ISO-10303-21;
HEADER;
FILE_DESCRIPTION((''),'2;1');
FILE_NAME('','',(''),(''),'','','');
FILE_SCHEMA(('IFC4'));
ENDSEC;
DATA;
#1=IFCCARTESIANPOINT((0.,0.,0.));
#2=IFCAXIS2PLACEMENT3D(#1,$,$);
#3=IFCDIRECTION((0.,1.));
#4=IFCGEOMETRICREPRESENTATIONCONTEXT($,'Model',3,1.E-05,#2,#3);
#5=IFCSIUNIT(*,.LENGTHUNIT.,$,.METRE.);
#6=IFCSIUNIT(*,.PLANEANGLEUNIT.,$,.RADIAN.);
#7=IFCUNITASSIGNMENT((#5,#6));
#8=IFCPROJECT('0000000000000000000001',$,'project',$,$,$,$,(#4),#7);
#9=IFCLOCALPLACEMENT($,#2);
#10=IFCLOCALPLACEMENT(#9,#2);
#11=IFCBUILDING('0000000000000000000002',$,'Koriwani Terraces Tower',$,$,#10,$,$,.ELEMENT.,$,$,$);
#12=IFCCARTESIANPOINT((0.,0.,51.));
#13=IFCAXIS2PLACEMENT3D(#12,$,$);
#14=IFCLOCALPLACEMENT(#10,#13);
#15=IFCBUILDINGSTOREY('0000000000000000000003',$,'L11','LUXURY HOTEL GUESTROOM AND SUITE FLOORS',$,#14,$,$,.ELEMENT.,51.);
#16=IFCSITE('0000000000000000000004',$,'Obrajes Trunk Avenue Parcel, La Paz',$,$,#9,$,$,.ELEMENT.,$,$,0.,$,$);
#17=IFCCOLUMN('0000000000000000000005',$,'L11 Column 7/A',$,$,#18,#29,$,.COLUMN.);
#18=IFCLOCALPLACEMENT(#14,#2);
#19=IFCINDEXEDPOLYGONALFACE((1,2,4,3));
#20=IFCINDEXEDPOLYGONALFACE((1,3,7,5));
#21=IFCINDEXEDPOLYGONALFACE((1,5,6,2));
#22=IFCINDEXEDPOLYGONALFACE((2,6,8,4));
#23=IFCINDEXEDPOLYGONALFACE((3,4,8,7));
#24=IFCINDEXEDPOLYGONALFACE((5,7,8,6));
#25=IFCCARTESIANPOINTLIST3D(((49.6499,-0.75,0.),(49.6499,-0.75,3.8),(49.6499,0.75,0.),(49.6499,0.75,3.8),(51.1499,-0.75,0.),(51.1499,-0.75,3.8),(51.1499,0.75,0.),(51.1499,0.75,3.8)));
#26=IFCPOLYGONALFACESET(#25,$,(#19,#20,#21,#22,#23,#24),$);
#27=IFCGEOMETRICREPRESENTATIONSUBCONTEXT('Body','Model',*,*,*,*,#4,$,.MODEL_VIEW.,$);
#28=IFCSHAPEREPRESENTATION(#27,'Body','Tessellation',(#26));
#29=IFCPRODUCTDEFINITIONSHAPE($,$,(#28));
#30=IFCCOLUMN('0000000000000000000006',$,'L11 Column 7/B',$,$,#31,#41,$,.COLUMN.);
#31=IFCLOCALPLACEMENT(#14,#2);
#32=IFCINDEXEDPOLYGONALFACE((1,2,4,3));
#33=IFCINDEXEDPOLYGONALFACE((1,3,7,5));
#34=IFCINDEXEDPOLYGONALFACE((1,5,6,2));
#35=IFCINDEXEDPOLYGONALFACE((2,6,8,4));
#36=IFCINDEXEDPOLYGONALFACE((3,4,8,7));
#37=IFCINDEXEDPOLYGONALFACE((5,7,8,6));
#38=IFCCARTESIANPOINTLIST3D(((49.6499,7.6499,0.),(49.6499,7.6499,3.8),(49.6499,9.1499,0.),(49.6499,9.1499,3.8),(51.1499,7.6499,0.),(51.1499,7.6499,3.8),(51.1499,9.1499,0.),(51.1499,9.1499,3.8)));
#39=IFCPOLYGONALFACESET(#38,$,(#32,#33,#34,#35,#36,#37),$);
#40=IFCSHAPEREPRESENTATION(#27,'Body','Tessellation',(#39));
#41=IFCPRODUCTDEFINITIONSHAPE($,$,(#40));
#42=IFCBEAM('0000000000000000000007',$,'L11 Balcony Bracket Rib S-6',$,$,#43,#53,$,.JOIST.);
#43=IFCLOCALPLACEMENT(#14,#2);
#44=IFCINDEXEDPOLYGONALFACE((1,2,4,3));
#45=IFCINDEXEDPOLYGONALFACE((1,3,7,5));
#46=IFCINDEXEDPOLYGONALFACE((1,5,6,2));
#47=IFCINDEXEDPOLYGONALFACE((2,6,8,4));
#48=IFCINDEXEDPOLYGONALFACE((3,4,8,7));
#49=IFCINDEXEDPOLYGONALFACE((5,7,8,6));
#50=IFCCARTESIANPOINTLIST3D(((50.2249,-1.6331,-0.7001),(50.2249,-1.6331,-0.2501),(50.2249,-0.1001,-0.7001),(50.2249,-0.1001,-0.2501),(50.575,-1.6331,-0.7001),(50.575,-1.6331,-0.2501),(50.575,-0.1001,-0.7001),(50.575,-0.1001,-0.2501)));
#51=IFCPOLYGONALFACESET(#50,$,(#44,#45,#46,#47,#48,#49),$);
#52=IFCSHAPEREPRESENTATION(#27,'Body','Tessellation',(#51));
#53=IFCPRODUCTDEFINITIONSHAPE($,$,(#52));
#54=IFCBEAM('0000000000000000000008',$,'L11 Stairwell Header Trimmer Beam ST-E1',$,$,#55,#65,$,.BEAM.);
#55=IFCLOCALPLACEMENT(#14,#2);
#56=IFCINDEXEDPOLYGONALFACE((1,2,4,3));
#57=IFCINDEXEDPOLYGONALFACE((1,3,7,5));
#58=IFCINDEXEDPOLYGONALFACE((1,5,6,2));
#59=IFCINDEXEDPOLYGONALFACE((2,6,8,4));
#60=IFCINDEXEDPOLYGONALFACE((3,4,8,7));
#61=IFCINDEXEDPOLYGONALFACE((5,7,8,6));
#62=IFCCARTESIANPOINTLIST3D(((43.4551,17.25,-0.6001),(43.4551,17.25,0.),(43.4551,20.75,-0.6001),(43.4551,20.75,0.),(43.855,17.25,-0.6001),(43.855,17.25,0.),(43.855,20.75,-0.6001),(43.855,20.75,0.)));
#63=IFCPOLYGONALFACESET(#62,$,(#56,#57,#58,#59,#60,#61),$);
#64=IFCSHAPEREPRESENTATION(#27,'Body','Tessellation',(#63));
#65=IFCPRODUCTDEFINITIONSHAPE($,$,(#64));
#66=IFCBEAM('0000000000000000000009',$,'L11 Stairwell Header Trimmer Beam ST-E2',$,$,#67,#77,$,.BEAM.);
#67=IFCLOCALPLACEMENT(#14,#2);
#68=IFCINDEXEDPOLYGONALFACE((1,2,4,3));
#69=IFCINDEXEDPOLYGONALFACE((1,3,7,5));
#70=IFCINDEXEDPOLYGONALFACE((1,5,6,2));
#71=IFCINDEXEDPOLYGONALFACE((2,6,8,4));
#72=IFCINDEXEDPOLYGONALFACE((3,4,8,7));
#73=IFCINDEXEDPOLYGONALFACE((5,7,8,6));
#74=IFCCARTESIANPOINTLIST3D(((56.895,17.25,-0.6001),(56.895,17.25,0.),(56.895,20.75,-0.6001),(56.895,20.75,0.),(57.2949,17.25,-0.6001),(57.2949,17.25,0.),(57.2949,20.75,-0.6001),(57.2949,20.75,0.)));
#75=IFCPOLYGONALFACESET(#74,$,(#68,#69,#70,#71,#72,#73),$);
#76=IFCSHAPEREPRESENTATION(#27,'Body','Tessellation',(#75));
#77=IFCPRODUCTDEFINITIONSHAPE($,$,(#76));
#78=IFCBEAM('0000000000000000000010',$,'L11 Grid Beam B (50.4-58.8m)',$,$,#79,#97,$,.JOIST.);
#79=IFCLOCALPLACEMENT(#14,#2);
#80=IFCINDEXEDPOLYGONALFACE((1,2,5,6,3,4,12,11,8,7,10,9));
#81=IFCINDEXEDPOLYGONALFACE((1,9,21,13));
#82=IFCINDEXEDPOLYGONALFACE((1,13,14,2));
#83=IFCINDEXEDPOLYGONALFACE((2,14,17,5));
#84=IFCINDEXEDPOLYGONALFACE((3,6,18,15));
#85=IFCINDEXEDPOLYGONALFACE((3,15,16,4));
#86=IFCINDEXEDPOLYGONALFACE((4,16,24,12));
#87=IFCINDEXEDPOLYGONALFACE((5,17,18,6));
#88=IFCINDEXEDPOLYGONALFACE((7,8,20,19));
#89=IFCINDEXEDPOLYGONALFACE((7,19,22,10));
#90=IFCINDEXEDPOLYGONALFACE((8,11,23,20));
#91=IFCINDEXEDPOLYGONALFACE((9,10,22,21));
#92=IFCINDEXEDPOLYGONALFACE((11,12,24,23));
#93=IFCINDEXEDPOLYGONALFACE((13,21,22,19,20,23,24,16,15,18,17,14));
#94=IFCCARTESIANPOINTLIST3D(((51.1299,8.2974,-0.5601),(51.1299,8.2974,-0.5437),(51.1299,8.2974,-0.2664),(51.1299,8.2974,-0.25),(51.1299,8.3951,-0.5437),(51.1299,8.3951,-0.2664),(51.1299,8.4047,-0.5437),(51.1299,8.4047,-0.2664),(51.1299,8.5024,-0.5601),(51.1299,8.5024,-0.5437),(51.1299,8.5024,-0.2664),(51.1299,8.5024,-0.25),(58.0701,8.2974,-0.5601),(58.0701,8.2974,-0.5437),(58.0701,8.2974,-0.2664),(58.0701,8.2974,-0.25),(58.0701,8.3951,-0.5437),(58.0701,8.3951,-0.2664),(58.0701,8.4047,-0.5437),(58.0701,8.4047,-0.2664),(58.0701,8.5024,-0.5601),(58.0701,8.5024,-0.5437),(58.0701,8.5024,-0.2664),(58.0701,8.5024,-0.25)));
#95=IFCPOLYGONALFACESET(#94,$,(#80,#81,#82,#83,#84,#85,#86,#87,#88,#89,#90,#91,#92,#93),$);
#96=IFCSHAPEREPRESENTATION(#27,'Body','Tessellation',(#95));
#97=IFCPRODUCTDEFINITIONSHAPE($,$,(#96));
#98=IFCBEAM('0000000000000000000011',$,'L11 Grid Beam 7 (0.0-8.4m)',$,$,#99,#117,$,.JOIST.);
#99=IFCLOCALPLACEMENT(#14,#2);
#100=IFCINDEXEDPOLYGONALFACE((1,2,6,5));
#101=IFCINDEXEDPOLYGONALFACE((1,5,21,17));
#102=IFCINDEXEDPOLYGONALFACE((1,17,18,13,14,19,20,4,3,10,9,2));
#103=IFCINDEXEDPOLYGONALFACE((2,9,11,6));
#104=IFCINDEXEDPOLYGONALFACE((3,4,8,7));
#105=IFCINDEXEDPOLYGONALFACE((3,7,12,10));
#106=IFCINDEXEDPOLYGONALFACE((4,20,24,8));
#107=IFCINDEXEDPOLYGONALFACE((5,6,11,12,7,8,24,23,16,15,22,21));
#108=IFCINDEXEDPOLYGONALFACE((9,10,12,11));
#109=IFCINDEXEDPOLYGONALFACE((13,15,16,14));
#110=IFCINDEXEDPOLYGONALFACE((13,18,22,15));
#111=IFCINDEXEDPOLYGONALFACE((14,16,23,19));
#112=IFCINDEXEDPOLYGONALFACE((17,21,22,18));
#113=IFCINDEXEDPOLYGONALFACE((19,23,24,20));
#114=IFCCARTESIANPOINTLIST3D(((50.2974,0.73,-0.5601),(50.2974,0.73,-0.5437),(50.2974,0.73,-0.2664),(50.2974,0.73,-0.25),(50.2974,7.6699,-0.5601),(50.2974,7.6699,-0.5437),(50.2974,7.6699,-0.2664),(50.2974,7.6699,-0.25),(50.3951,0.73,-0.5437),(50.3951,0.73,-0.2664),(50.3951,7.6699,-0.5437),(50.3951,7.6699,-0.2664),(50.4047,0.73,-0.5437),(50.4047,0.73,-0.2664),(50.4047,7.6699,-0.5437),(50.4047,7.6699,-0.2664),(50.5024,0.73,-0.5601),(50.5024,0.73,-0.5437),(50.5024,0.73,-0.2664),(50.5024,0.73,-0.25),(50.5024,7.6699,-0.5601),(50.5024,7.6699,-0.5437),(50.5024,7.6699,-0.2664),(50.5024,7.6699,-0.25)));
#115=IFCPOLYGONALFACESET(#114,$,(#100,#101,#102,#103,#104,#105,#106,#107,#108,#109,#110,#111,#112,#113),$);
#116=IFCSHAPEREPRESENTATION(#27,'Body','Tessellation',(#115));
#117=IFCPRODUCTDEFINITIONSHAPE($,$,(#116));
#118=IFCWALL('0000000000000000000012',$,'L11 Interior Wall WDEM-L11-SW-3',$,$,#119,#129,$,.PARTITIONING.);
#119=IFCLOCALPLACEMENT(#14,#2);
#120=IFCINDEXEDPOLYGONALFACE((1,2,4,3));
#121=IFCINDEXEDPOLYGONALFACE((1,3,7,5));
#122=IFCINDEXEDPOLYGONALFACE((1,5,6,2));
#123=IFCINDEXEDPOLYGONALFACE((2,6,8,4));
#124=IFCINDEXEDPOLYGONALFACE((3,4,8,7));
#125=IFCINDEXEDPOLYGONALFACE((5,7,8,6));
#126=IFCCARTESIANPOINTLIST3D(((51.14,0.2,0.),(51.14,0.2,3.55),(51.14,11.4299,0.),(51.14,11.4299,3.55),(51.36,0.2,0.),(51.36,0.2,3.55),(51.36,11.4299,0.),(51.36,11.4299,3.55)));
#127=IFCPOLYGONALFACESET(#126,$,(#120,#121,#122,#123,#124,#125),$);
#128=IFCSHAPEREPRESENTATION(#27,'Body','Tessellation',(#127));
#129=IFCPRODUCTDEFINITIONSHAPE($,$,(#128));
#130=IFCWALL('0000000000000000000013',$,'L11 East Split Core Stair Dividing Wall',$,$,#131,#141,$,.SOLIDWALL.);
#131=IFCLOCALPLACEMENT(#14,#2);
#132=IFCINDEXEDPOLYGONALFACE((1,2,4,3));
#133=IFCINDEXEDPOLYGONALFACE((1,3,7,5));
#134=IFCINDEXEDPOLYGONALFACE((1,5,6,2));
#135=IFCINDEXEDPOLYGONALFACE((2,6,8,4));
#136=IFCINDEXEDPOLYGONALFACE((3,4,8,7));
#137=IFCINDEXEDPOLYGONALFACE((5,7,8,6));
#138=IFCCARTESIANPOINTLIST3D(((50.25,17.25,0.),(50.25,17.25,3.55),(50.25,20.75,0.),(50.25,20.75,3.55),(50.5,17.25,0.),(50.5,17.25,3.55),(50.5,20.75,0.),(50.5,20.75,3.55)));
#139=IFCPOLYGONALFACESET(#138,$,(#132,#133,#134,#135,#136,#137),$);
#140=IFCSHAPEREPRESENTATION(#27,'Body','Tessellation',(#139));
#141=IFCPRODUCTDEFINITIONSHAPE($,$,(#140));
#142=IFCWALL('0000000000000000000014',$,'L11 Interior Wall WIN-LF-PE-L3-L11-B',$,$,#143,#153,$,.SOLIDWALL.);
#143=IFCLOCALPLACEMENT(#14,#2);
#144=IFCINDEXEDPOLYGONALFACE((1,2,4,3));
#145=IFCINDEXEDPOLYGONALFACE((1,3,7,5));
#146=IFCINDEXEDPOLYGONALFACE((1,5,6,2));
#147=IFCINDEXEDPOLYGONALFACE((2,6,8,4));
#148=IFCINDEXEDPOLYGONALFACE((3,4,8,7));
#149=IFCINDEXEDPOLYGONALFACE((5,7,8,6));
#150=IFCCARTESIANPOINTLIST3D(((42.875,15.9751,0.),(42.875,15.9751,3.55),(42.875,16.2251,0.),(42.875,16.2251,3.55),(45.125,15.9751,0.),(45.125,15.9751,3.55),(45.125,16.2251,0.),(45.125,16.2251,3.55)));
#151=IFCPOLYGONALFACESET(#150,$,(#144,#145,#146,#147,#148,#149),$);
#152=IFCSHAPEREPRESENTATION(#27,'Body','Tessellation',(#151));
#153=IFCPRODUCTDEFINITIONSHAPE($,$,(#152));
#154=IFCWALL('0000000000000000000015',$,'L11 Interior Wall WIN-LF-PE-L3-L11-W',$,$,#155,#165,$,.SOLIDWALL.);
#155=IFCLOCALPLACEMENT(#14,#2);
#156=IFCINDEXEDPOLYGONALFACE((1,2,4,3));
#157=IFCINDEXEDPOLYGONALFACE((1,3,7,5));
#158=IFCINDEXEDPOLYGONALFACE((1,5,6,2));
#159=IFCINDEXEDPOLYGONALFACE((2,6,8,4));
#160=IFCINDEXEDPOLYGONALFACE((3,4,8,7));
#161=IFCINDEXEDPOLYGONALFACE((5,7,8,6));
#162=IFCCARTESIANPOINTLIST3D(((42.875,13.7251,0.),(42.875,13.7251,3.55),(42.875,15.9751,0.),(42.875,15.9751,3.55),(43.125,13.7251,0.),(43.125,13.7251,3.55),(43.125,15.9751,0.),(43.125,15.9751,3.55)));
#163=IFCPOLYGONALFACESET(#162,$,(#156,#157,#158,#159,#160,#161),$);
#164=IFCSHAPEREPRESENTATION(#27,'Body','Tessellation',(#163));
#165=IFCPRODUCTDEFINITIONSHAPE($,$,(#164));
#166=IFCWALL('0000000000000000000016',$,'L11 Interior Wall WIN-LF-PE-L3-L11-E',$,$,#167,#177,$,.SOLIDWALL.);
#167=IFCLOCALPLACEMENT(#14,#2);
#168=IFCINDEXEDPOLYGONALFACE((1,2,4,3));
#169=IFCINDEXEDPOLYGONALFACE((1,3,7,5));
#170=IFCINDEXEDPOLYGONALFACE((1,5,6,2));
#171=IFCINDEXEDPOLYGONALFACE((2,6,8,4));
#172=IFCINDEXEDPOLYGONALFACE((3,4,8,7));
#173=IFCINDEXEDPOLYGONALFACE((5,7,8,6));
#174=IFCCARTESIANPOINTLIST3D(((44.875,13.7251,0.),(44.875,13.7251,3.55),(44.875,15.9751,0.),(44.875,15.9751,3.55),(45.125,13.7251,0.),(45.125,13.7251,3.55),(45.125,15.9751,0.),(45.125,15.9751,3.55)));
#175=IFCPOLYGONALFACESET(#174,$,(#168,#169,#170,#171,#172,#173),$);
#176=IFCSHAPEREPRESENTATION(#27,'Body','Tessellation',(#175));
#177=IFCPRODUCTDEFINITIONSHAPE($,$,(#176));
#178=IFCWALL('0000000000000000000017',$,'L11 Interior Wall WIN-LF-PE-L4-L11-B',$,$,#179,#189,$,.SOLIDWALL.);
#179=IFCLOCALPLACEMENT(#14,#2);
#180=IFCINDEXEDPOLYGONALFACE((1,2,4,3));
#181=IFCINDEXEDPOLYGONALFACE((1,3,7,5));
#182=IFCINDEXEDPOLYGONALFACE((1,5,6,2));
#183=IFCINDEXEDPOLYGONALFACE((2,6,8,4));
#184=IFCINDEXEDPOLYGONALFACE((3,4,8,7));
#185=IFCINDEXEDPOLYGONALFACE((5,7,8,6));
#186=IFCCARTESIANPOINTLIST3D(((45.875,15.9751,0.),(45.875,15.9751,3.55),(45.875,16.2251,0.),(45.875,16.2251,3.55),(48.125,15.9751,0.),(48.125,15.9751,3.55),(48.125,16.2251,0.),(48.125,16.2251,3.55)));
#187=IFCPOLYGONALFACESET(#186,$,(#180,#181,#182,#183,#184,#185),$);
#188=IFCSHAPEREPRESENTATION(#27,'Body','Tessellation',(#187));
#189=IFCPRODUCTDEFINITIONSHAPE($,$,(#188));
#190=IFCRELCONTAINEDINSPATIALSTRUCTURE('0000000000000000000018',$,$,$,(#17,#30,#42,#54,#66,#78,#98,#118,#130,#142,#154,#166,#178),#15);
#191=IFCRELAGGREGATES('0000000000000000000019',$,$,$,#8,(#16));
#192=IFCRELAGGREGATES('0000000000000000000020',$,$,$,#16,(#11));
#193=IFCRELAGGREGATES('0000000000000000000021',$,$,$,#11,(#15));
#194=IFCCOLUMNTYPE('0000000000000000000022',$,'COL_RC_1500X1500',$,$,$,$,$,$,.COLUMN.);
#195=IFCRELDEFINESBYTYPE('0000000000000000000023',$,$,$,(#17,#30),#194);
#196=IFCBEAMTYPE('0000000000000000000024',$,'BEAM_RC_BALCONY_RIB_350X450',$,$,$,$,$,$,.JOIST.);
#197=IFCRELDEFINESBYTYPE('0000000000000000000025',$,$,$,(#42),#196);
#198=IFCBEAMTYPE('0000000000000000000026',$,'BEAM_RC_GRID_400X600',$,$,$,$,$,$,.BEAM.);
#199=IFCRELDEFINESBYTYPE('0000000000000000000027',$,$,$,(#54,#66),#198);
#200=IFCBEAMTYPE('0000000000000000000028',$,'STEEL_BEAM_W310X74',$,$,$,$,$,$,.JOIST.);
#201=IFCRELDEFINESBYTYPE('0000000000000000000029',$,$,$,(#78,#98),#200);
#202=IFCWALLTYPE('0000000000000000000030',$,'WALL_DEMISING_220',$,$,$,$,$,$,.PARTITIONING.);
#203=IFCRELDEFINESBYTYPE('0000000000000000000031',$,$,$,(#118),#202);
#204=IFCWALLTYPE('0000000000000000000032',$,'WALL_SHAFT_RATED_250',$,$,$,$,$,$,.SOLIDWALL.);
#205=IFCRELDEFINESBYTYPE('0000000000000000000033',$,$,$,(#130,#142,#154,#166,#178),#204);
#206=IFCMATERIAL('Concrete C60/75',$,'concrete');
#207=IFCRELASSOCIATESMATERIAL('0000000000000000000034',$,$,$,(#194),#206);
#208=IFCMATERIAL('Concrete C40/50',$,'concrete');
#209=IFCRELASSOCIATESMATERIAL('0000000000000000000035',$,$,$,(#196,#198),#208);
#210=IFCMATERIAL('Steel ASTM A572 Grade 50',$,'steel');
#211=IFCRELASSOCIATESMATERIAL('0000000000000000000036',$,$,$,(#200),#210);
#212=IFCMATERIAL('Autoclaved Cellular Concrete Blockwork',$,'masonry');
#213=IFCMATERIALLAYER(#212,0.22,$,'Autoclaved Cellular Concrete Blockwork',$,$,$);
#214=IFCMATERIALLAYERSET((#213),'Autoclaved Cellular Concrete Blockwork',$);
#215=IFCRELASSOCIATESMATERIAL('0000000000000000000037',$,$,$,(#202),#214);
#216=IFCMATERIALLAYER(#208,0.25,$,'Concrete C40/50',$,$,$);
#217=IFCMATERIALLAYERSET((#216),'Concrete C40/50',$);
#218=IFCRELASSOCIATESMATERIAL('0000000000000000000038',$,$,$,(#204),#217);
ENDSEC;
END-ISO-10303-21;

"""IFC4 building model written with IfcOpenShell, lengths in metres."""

from ifc_helpers import new_model, si_unit, direction, frame, frame_2d, origin, origin_2d, place, context, subcontext, project, spatial, rectangle, i_section, extrude, material, layer, layer_set, material_profile, profile_set, type_object, element, save


model = new_model("IFC4")

# Units and contexts
model_context = context("Model", 3, precision=1e-05, world=origin(), true_north=direction((0.0, 1.0)))
body_context = subcontext(model_context, "Body", "Model", "MODEL_VIEW")
ifc_project = project(units=[si_unit("LENGTHUNIT", "METRE"), si_unit("PLANEANGLEUNIT", "RADIAN")], contexts=[model_context])

# Site, building, storey
site_placement = place(None, origin())
site = spatial("IfcSite", under=ifc_project, at=site_placement, Name="Obrajes Trunk Avenue Parcel, La Paz", CompositionType="ELEMENT", RefElevation=0.0)
building_placement = place(site_placement, origin())
building = spatial("IfcBuilding", under=site, at=building_placement, Name="Koriwani Terraces Tower", CompositionType="ELEMENT")
storey_placement = place(building_placement, frame((0.0, 0.0, 51.0)))
storey = spatial("IfcBuildingStorey", under=building, at=storey_placement, Name="L11", Description="LUXURY HOTEL GUESTROOM AND SUITE FLOORS", CompositionType="ELEMENT", Elevation=51.0)

# Columns
ifc_material_1 = material(Name="Concrete C60/75", Category="concrete")
ifc_material_profile_1 = material_profile(ifc_material_1, rectangle(XDim=1.5, YDim=1.5, at=origin_2d()), Name="Concrete C60/75", Category="LoadBearing")
ifc_profile_set_1 = profile_set([ifc_material_profile_1], Name="Concrete C60/75")
column_type = type_object("IfcColumnType", Name="COL_RC_1500X1500", PredefinedType="COLUMN", material=ifc_profile_set_1)
for number, where, z_axis, x_axis, name in (
    (1, (50.3999, 0.0, 0.0), (0.0, 0.0, 1.0), (1.0, 0.0, 0.0), "L11 Column 7/A"),
    (2, (50.3999, 8.3999, 0.0), (0.0, 0.0, 1.0), (1.0, 0.0, 0.0), "L11 Column 7/B"),
):
    element("IfcColumn", number, at=place(storey_placement, frame(where, z_axis=z_axis, x_axis=x_axis)), inside=storey, type_object=column_type, Name=name, PredefinedType="COLUMN", context=body_context, shape_type="SweptSolid", body=[
        extrude(rectangle(XDim=1.5, YDim=1.5, at=origin_2d()), origin(), (0.0, 0.0, 1.0), 3.8),
    ])

# Beams
ifc_material_2 = material(Name="Concrete C40/50", Category="concrete")
ifc_material_profile_2 = material_profile(ifc_material_2, rectangle(XDim=0.3501, YDim=0.45, at=origin_2d()), Name="Concrete C40/50", Category="LoadBearing")
ifc_profile_set_2 = profile_set([ifc_material_profile_2], Name="Concrete C40/50")
beam_type_1 = type_object("IfcBeamType", Name="BEAM_RC_BALCONY_RIB_350X450", PredefinedType="JOIST", material=ifc_profile_set_2)
beam_1_placement = place(storey_placement, frame((50.3999, -1.6331, -0.4751), z_axis=(0.0, 1.0, 0.0), x_axis=(-1.0, 0.0, 0.0)))
element("IfcBeam", 3, at=beam_1_placement, inside=storey, type_object=beam_type_1, Name="L11 Balcony Bracket Rib S-6", PredefinedType="JOIST", context=body_context, shape_type="SweptSolid", body=[
    extrude(rectangle(XDim=0.3501, YDim=0.45, at=origin_2d()), origin(), (0.0, 0.0, 1.0), 1.533),
])
ifc_material_profile_3 = material_profile(ifc_material_2, rectangle(XDim=0.3999, YDim=0.6001, at=origin_2d()), Name="Concrete C40/50", Category="LoadBearing")
ifc_profile_set_3 = profile_set([ifc_material_profile_3], Name="Concrete C40/50")
beam_type_2 = type_object("IfcBeamType", Name="BEAM_RC_GRID_400X600", PredefinedType="BEAM", material=ifc_profile_set_3)
for number, where, z_axis, x_axis, name in (
    (4, (43.655, 17.25, -0.3), (0.0, 1.0, 0.0), (-1.0, 0.0, 0.0), "L11 Stairwell Header Trimmer Beam ST-E1"),
    (5, (57.095, 17.25, -0.3), (0.0, 1.0, 0.0), (-1.0, 0.0, 0.0), "L11 Stairwell Header Trimmer Beam ST-E2"),
):
    element("IfcBeam", number, at=place(storey_placement, frame(where, z_axis=z_axis, x_axis=x_axis)), inside=storey, type_object=beam_type_2, Name=name, PredefinedType="BEAM", context=body_context, shape_type="SweptSolid", body=[
        extrude(rectangle(XDim=0.3999, YDim=0.6001, at=origin_2d()), origin(), (0.0, 0.0, 1.0), 3.5),
    ])
ifc_material_3 = material(Name="Steel ASTM A572 Grade 50", Category="steel")
ifc_material_profile_4 = material_profile(ifc_material_3, i_section(OverallWidth=0.2051, OverallDepth=0.3101, WebThickness=0.0095, FlangeThickness=0.0164, at=origin_2d()), Name="Steel ASTM A572 Grade 50", Category="LoadBearing")
ifc_profile_set_4 = profile_set([ifc_material_profile_4], Name="Steel ASTM A572 Grade 50")
beam_type_3 = type_object("IfcBeamType", Name="STEEL_BEAM_W310X74", PredefinedType="JOIST", material=ifc_profile_set_4)
beam_2_placement = place(storey_placement, frame((51.1299, 8.3999, -0.405), z_axis=(1.0, 0.0, 0.0), x_axis=(0.0, 1.0, 0.0)))
element("IfcBeam", 6, at=beam_2_placement, inside=storey, type_object=beam_type_3, Name="L11 Grid Beam B (50.4-58.8m)", PredefinedType="JOIST", context=body_context, shape_type="SweptSolid", body=[
    extrude(i_section(OverallWidth=0.2051, OverallDepth=0.3101, WebThickness=0.0095, FlangeThickness=0.0164, at=origin_2d()), origin(), (0.0, 0.0, 1.0), 6.9402),
])
beam_3_placement = place(storey_placement, frame((50.3999, 0.73, -0.405), z_axis=(0.0, 1.0, 0.0), x_axis=(-1.0, 0.0, 0.0)))
element("IfcBeam", 7, at=beam_3_placement, inside=storey, type_object=beam_type_3, Name="L11 Grid Beam 7 (0.0-8.4m)", PredefinedType="JOIST", context=body_context, shape_type="SweptSolid", body=[
    extrude(i_section(OverallWidth=0.2051, OverallDepth=0.3101, WebThickness=0.0095, FlangeThickness=0.0164, at=origin_2d()), origin(), (0.0, 0.0, 1.0), 6.9399),
])

# Walls
ifc_material_4 = material(Name="Autoclaved Cellular Concrete Blockwork", Category="masonry")
ifc_layer_1 = layer(ifc_material_4, 0.22, Name="Autoclaved Cellular Concrete Blockwork")
ifc_layer_set_1 = layer_set([ifc_layer_1], Name="Autoclaved Cellular Concrete Blockwork")
wall_type_1 = type_object("IfcWallType", Name="WALL_DEMISING_220", PredefinedType="PARTITIONING", material=ifc_layer_set_1)
wall_1_placement = place(storey_placement, frame((51.25, 0.2, 0.0), z_axis=(0.0, 0.0, 1.0), x_axis=(0.0, 1.0, 0.0)))
element("IfcWall", 8, at=wall_1_placement, inside=storey, type_object=wall_type_1, Name="L11 Interior Wall WDEM-L11-SW-3", PredefinedType="PARTITIONING", context=body_context, shape_type="SweptSolid", body=[
    extrude(rectangle(XDim=11.23, YDim=0.22, at=frame_2d((5.615, 0.0))), origin(), (0.0, 0.0, 1.0), 3.55),
])
ifc_layer_2 = layer(ifc_material_2, 0.25, Name="Concrete C40/50")
ifc_layer_set_2 = layer_set([ifc_layer_2], Name="Concrete C40/50")
wall_type_2 = type_object("IfcWallType", Name="WALL_SHAFT_RATED_250", PredefinedType="SOLIDWALL", material=ifc_layer_set_2)
wall_2_placement = place(storey_placement, frame((50.375, 17.25, 0.0), z_axis=(0.0, 0.0, 1.0), x_axis=(0.0, 1.0, 0.0)))
element("IfcWall", 9, at=wall_2_placement, inside=storey, type_object=wall_type_2, Name="L11 East Split Core Stair Dividing Wall", PredefinedType="SOLIDWALL", context=body_context, shape_type="SweptSolid", body=[
    extrude(rectangle(XDim=3.5, YDim=0.25, at=frame_2d((1.75, 0.0))), origin(), (0.0, 0.0, 1.0), 3.55),
])

# Walls
for number, where, z_axis, x_axis, name in (
    (10, (42.875, 16.1001, 0.0), (0.0, 0.0, 1.0), (1.0, 0.0, 0.0), "L11 Interior Wall WIN-LF-PE-L3-L11-B"),
    (11, (43.0, 13.7251, 0.0), (0.0, 0.0, 1.0), (0.0, 1.0, 0.0), "L11 Interior Wall WIN-LF-PE-L3-L11-W"),
    (12, (45.0, 13.7251, 0.0), (0.0, 0.0, 1.0), (0.0, 1.0, 0.0), "L11 Interior Wall WIN-LF-PE-L3-L11-E"),
):
    element("IfcWall", number, at=place(storey_placement, frame(where, z_axis=z_axis, x_axis=x_axis)), inside=storey, type_object=wall_type_2, Name=name, PredefinedType="SOLIDWALL", context=body_context, shape_type="SweptSolid", body=[
        extrude(rectangle(XDim=2.25, YDim=0.25, at=frame_2d((1.125, 0.0))), origin(), (0.0, 0.0, 1.0), 3.55),
    ])

# Wall
for number, where, z_axis, x_axis, name in (
    (13, (45.875, 16.1001, 0.0), (0.0, 0.0, 1.0), (1.0, 0.0, 0.0), "L11 Interior Wall WIN-LF-PE-L4-L11-B"),
):
    element("IfcWall", number, at=place(storey_placement, frame(where, z_axis=z_axis, x_axis=x_axis)), inside=storey, type_object=wall_type_2, Name=name, PredefinedType="SOLIDWALL", context=body_context, shape_type="SweptSolid", body=[
        extrude(rectangle(XDim=2.25, YDim=0.25, at=frame_2d((1.125, 0.0))), origin(), (0.0, 0.0, 1.0), 3.55),
    ])

save(model, "model.ifc")
